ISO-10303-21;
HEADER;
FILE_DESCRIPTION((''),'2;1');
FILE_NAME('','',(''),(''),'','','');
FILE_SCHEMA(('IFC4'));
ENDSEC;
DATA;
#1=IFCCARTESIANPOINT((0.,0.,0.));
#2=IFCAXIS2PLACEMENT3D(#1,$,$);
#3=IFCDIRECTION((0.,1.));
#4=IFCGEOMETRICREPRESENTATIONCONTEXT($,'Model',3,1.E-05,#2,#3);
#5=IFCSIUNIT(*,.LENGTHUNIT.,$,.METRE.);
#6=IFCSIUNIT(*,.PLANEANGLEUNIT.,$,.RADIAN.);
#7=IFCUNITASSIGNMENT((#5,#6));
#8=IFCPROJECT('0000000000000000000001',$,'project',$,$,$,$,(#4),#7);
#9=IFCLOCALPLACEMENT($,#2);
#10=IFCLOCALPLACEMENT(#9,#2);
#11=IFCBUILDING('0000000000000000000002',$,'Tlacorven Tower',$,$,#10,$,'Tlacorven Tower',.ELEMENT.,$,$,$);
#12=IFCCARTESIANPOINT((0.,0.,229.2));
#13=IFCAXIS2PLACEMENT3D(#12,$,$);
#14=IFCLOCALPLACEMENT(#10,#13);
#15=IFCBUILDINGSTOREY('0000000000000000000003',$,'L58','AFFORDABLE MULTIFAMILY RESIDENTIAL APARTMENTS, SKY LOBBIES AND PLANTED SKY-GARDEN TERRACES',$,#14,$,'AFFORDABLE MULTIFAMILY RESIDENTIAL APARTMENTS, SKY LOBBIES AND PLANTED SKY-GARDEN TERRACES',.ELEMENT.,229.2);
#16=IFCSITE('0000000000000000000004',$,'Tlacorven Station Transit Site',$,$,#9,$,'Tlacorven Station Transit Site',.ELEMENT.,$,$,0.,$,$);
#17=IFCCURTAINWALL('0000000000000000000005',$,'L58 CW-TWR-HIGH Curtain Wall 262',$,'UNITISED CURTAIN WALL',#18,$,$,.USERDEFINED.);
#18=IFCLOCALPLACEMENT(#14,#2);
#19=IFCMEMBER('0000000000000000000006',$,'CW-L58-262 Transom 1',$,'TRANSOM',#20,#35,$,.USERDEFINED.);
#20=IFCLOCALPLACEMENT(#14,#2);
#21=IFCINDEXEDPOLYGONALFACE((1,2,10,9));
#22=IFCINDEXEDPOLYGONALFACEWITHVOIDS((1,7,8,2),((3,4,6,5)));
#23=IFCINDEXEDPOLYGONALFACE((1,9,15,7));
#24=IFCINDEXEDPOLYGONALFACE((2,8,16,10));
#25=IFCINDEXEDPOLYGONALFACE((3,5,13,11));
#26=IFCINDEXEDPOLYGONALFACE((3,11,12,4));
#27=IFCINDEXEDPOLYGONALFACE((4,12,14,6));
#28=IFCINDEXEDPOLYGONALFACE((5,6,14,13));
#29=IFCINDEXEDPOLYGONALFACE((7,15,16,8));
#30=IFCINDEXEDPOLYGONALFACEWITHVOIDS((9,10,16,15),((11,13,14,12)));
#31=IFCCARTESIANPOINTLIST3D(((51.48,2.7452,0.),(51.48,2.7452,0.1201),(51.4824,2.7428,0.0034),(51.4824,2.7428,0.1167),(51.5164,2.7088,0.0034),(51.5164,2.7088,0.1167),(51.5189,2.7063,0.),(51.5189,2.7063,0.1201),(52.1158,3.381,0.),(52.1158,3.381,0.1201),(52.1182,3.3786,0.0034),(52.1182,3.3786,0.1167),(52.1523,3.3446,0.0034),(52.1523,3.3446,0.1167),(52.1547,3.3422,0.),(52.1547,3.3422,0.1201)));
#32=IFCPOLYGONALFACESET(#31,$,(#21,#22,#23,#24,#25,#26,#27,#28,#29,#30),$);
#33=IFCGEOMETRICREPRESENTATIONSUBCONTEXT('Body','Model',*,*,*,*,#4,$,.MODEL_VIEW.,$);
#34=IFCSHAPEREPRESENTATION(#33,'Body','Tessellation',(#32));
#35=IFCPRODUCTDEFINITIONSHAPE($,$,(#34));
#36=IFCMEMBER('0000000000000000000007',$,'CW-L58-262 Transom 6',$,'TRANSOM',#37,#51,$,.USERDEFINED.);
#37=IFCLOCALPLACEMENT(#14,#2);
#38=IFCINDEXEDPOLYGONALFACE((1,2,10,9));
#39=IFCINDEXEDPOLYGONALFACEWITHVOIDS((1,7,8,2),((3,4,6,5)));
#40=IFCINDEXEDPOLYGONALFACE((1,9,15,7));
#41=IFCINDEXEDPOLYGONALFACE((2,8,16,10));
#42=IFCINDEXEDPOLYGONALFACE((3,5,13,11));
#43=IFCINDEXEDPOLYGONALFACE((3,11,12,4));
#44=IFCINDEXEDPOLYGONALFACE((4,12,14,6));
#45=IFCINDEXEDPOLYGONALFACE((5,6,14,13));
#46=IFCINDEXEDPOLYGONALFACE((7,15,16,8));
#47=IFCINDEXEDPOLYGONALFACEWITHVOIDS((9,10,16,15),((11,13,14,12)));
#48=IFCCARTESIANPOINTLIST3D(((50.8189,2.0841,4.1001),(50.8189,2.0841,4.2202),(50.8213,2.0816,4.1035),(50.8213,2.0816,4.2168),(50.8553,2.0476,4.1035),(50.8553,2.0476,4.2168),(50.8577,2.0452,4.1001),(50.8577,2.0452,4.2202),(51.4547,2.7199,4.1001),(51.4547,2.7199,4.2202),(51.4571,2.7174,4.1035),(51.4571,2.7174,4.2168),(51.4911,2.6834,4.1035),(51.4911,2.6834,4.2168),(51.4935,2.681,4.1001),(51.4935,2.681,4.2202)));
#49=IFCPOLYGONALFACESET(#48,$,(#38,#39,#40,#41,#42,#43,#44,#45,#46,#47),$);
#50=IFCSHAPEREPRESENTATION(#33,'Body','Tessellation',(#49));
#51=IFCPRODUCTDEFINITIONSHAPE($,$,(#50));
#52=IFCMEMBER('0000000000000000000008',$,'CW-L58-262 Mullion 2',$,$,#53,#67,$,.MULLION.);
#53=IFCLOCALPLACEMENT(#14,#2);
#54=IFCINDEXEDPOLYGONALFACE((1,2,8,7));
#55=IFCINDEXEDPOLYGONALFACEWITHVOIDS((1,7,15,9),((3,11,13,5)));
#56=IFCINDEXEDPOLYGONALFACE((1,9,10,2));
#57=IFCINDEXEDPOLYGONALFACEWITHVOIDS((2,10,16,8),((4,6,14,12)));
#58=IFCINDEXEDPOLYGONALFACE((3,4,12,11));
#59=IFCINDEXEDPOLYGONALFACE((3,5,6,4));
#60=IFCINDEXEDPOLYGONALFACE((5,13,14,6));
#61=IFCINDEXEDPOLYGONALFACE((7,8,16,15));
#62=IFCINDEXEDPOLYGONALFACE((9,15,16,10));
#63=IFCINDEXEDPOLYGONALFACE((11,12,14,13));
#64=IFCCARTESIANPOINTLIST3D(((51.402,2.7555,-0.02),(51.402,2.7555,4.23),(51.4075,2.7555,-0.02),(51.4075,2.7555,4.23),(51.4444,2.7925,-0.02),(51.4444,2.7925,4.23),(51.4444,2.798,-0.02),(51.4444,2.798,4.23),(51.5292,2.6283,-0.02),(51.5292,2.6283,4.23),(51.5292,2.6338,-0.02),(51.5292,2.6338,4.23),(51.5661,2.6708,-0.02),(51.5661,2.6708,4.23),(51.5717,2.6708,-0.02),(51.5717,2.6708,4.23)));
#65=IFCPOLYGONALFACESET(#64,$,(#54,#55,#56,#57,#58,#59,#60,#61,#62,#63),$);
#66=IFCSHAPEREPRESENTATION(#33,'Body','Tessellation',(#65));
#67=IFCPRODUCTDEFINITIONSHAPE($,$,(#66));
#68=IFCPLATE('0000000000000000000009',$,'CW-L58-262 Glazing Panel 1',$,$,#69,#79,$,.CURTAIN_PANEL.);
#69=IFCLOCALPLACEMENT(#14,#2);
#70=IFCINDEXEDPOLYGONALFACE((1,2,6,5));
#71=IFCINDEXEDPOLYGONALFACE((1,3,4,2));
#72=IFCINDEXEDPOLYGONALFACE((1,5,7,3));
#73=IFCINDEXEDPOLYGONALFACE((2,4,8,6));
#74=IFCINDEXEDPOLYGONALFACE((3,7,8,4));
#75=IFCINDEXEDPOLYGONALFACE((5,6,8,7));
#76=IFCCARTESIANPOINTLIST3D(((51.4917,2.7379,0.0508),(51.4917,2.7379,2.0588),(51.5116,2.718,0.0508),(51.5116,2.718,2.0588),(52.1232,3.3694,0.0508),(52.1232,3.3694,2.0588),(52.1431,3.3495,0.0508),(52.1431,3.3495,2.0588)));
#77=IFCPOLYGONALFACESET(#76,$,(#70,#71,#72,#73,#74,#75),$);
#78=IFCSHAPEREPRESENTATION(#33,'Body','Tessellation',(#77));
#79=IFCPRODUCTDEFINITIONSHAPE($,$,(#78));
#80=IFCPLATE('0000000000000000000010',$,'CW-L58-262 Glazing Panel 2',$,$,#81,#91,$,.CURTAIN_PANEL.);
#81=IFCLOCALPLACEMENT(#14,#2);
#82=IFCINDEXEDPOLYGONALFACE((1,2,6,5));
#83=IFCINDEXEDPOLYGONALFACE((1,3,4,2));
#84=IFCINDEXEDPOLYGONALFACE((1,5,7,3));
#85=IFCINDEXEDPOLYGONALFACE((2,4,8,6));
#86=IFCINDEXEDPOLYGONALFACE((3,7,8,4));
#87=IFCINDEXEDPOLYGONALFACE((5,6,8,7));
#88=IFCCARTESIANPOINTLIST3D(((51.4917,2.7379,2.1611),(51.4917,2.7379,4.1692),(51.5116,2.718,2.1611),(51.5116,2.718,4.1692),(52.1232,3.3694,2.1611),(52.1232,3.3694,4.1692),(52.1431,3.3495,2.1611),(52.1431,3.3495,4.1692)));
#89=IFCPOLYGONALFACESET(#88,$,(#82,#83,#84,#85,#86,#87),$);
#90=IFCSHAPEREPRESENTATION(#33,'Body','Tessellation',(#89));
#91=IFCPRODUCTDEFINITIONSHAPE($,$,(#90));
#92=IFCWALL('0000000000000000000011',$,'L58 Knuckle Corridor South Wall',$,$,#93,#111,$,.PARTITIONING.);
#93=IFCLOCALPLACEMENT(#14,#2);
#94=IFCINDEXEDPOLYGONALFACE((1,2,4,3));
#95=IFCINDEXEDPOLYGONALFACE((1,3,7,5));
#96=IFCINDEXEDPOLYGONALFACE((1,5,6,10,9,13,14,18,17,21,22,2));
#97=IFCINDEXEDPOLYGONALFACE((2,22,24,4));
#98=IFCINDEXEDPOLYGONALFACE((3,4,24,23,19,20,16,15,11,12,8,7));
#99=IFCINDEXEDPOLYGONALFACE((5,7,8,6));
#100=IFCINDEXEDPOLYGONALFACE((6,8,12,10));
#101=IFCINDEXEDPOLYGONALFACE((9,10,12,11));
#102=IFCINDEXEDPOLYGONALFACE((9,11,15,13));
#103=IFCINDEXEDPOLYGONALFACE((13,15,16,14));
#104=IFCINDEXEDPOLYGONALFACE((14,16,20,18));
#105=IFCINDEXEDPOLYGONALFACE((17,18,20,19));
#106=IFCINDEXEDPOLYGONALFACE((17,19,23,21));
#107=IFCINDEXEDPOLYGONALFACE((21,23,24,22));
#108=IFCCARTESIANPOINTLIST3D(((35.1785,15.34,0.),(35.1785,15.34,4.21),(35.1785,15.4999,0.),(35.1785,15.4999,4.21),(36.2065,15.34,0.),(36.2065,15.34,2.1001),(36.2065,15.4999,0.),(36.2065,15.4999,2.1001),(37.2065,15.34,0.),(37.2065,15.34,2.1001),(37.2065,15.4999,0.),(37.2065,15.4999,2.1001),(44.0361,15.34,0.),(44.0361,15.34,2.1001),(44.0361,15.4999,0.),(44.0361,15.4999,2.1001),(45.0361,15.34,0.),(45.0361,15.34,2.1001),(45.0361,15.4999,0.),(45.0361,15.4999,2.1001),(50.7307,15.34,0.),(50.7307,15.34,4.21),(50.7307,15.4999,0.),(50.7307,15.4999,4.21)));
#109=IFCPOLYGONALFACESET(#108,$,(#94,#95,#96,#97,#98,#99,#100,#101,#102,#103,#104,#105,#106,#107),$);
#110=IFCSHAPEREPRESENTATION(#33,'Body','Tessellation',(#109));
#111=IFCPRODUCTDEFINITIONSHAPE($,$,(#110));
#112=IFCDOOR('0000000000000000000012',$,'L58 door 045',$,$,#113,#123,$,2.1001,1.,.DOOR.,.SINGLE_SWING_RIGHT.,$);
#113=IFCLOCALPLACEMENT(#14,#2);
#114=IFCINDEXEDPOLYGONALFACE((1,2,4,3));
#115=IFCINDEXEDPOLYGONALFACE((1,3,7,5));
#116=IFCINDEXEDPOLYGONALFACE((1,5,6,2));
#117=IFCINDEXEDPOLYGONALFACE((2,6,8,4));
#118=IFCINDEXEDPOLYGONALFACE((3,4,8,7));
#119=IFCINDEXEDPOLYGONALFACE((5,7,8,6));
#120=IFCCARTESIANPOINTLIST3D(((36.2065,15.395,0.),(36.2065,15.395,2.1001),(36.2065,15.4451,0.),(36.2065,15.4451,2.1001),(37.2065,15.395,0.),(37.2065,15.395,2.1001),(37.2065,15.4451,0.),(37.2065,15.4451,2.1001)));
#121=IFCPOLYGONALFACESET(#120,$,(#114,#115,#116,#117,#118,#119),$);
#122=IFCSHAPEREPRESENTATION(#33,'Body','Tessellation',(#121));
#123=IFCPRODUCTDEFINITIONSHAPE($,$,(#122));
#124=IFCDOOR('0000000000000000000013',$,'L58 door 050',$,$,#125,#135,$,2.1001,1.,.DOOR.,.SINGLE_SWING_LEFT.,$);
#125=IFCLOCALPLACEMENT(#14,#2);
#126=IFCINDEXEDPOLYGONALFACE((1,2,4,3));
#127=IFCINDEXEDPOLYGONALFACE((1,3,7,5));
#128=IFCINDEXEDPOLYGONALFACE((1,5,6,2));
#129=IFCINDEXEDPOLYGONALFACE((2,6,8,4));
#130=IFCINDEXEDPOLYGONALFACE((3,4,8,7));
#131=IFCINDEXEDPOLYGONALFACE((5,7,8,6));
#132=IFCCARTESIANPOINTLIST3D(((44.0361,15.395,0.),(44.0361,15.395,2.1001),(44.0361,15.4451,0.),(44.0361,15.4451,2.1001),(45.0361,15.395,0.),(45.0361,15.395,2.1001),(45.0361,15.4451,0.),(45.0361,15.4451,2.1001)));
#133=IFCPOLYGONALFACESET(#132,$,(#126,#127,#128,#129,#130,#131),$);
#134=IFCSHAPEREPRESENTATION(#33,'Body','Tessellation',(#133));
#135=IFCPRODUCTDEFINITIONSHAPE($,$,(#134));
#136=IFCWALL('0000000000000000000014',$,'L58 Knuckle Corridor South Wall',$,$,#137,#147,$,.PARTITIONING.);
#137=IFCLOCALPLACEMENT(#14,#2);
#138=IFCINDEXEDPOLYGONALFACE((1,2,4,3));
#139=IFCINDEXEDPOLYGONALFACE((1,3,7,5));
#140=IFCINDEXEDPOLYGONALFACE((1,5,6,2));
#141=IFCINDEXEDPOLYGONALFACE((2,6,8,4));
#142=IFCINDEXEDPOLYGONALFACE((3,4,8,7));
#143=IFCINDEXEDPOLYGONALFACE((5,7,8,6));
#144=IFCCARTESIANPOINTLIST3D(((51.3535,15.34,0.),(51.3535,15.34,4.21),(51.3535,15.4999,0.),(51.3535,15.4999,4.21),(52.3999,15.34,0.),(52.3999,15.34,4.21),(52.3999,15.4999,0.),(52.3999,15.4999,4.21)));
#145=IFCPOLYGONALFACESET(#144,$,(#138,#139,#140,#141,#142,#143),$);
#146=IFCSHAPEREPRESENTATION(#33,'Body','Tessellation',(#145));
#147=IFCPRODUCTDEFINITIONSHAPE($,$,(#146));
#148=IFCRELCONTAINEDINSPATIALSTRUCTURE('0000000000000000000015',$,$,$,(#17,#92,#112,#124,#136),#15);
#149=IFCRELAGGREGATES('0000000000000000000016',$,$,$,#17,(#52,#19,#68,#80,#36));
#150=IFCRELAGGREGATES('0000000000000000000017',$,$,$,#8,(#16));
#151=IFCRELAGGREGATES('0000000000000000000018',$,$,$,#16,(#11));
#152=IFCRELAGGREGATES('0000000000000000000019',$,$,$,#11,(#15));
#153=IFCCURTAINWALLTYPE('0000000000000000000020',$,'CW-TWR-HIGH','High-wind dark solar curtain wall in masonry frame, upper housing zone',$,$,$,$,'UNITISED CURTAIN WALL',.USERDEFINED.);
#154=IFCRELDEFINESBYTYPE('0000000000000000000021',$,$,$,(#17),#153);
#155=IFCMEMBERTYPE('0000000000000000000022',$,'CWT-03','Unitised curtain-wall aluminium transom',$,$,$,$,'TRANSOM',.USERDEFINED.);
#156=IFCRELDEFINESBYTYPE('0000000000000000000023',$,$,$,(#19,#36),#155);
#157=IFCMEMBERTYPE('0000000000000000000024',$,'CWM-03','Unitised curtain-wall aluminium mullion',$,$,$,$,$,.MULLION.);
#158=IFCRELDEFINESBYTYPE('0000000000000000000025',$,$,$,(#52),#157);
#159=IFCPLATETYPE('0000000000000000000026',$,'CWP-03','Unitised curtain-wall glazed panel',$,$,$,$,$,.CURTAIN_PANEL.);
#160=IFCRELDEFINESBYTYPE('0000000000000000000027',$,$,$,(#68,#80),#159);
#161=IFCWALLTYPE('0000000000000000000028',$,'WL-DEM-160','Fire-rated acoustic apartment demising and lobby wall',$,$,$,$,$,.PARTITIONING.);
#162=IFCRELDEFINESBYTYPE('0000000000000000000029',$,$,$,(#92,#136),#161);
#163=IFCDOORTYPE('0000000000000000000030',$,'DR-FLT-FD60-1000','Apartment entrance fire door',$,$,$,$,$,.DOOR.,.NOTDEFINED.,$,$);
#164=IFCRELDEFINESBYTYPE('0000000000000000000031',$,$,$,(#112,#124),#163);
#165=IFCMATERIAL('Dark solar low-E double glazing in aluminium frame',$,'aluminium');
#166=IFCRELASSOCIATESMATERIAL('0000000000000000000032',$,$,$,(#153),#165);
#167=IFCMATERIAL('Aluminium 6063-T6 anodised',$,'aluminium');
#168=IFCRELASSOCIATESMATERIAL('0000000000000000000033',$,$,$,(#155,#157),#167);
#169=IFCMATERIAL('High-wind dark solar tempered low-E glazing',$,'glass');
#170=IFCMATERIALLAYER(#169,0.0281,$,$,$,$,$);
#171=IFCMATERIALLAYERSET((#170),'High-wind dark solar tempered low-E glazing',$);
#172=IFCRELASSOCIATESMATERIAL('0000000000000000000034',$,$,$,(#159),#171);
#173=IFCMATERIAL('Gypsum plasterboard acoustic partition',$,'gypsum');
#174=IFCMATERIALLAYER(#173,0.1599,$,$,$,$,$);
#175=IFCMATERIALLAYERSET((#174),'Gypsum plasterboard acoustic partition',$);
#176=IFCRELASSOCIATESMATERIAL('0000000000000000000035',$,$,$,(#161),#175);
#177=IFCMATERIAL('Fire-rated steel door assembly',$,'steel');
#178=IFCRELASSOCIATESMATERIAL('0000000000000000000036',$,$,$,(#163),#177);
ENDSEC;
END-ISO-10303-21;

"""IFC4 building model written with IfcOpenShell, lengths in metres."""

from ifc_helpers import new_model, si_unit, direction, frame, frame_2d, origin, origin_2d, place, context, subcontext, project, spatial, rectangle, hollow_rectangle, extrude, source, transform, mapped, material, layer, layer_set, material_profile, profile_set, type_object, element, fill, aggregate, save


model = new_model("IFC4")

# Units and contexts
model_context = context("Model", 3, precision=1e-05, world=origin(), true_north=direction((0.0, 1.0)))
body_context = subcontext(model_context, "Body", "Model", "MODEL_VIEW")
ifc_project = project(units=[si_unit("LENGTHUNIT", "METRE"), si_unit("PLANEANGLEUNIT", "RADIAN")], contexts=[model_context])

# Site, building, storey
site_placement = place(None, origin())
site = spatial("IfcSite", under=ifc_project, at=site_placement, Name="Tlacorven Station Transit Site", LongName="Tlacorven Station Transit Site", CompositionType="ELEMENT", RefElevation=0.0)
building_placement = place(site_placement, origin())
building = spatial("IfcBuilding", under=site, at=building_placement, Name="Tlacorven Tower", LongName="Tlacorven Tower", CompositionType="ELEMENT")
storey_placement = place(building_placement, frame((0.0, 0.0, 229.2)))
storey = spatial("IfcBuildingStorey", under=building, at=storey_placement, Name="L58", Description="AFFORDABLE MULTIFAMILY RESIDENTIAL APARTMENTS, SKY LOBBIES AND PLANTED SKY-GARDEN TERRACES", LongName="AFFORDABLE MULTIFAMILY RESIDENTIAL APARTMENTS, SKY LOBBIES AND PLANTED SKY-GARDEN TERRACES", CompositionType="ELEMENT", Elevation=229.2)

# Curtain wall, members, plates
ifc_material_1 = material(Name="Dark solar low-E double glazing in aluminium frame", Category="aluminium")
curtain_wall_type = type_object("IfcCurtainWallType", Name="CW-TWR-HIGH", Description="High-wind dark solar curtain wall in masonry frame, upper housing zone", ElementType="UNITISED CURTAIN WALL", PredefinedType="USERDEFINED", material=ifc_material_1)
curtain_wall_placement = place(storey_placement, origin())
curtain_wall = element("IfcCurtainWall", 1, at=curtain_wall_placement, inside=storey, type_object=curtain_wall_type, Name="L58 CW-TWR-HIGH Curtain Wall 262", ObjectType="UNITISED CURTAIN WALL", PredefinedType="USERDEFINED")
ifc_material_2 = material(Name="Aluminium 6063-T6 anodised", Category="aluminium")
ifc_material_profile_1 = material_profile(ifc_material_2, hollow_rectangle(XDim=0.0549, YDim=0.1201, WallThickness=0.0034, at=origin_2d()), Name="ALU TRANSOM 55X120")
ifc_profile_set_1 = profile_set([ifc_material_profile_1], Name="Aluminium 6063-T6 anodised")
member_type_1 = type_object("IfcMemberType", Name="CWT-03", Description="Unitised curtain-wall aluminium transom", ElementType="TRANSOM", PredefinedType="USERDEFINED", material=ifc_profile_set_1)
shared_shape_1 = source(origin(), body_context, "Body", "SweptSolid", [
    extrude(hollow_rectangle(XDim=0.0549, YDim=0.1201, WallThickness=0.0034, at=origin_2d()), origin(), (0.0, 0.0, 1.0), 0.8992),
])
member_1_placement = place(storey_placement, frame((52.1353, 3.3616, 0.0601), z_axis=(-0.707107, -0.707107, 0.0), x_axis=(0.707107, -0.707107, 0.0)))
member_1 = element("IfcMember", 2, at=member_1_placement, type_object=member_type_1, Name="CW-L58-262 Transom 1", ObjectType="TRANSOM", PredefinedType="USERDEFINED", context=body_context, shape_type="MappedRepresentation", body=[
    mapped(shared_shape_1, transform((0.0, 0.0, 0.0), scale=1.0)),
])
member_2_placement = place(storey_placement, frame((51.4741, 2.7004, 4.1602), z_axis=(-0.707107, -0.707107, 0.0), x_axis=(0.707107, -0.707107, 0.0)))
member_2 = element("IfcMember", 3, at=member_2_placement, type_object=member_type_1, Name="CW-L58-262 Transom 6", ObjectType="TRANSOM", PredefinedType="USERDEFINED", context=body_context, shape_type="MappedRepresentation", body=[
    mapped(shared_shape_1, transform((0.0, 0.0, 0.0), scale=1.0)),
])
ifc_material_profile_2 = material_profile(ifc_material_2, hollow_rectangle(XDim=0.0601, YDim=0.1799, WallThickness=0.0039, at=origin_2d()), Name="ALU MULLION 60X180")
ifc_profile_set_2 = profile_set([ifc_material_profile_2], Name="Aluminium 6063-T6 anodised")
member_type_2 = type_object("IfcMemberType", Name="CWM-03", Description="Unitised curtain-wall aluminium mullion", PredefinedType="MULLION", material=ifc_profile_set_2)
shared_shape_2 = source(origin(), body_context, "Body", "SweptSolid", [
    extrude(hollow_rectangle(XDim=0.0601, YDim=0.1799, WallThickness=0.0039, at=origin_2d()), origin(), (0.0, 0.0, 1.0), 4.25),
])
member_3_placement = place(storey_placement, frame((51.4868, 2.7131, -0.02), z_axis=(0.0, 0.0, 1.0), x_axis=(-0.707107, -0.707107, 0.0)))
member_3 = element("IfcMember", 4, at=member_3_placement, type_object=member_type_2, Name="CW-L58-262 Mullion 2", PredefinedType="MULLION", context=body_context, shape_type="MappedRepresentation", body=[
    mapped(shared_shape_2, transform((0.0, 0.0, 0.0), scale=1.0)),
])
ifc_material_3 = material(Name="High-wind dark solar tempered low-E glazing", Category="glass")
ifc_layer_1 = layer(ifc_material_3, 0.0281)
ifc_layer_set_1 = layer_set([ifc_layer_1], Name="High-wind dark solar tempered low-E glazing")
plate_type = type_object("IfcPlateType", Name="CWP-03", Description="Unitised curtain-wall glazed panel", PredefinedType="CURTAIN_PANEL", material=ifc_layer_set_1)
shared_shape_3 = source(origin(), body_context, "Body", "SweptSolid", [
    extrude(rectangle(XDim=0.8931, YDim=0.0281, at=origin_2d()), origin(), (0.0, 0.0, 1.0), 2.0081),
])
plate_1_placement = place(storey_placement, frame((51.8174, 3.0437, 0.0508), z_axis=(0.0, 0.0, 1.0), x_axis=(-0.707107, -0.707107, 0.0)))
plate_1 = element("IfcPlate", 5, at=plate_1_placement, type_object=plate_type, Name="CW-L58-262 Glazing Panel 1", PredefinedType="CURTAIN_PANEL", context=body_context, shape_type="MappedRepresentation", body=[
    mapped(shared_shape_3, transform((0.0, 0.0, 0.0), scale=1.0)),
])
plate_2_placement = place(storey_placement, frame((51.8174, 3.0437, 2.1611), z_axis=(0.0, 0.0, 1.0), x_axis=(-0.707107, -0.707107, 0.0)))
plate_2 = element("IfcPlate", 6, at=plate_2_placement, type_object=plate_type, Name="CW-L58-262 Glazing Panel 2", PredefinedType="CURTAIN_PANEL", context=body_context, shape_type="MappedRepresentation", body=[
    mapped(shared_shape_3, transform((0.0, 0.0, 0.0), scale=1.0)),
])
aggregate(curtain_wall, [member_3, member_1, plate_1, plate_2, member_2])

# Wall, openings, doors
ifc_material_4 = material(Name="Gypsum plasterboard acoustic partition", Category="gypsum")
ifc_layer_2 = layer(ifc_material_4, 0.1599)
ifc_layer_set_2 = layer_set([ifc_layer_2], Name="Gypsum plasterboard acoustic partition")
wall_type_1 = type_object("IfcWallType", Name="WL-DEM-160", Description="Fire-rated acoustic apartment demising and lobby wall", PredefinedType="PARTITIONING", material=ifc_layer_set_2)
wall_1_placement = place(storey_placement, frame((35.1785, 15.4199, 0.0), z_axis=(0.0, 0.0, 1.0), x_axis=(1.0, 0.0, 0.0)))
wall_1 = element("IfcWall", 7, at=wall_1_placement, inside=storey, type_object=wall_type_1, Name="L58 Knuckle Corridor South Wall", PredefinedType="PARTITIONING", context=body_context, shape_type="SweptSolid", body=[
    extrude(rectangle(XDim=15.5522, YDim=0.1599, at=frame_2d((7.7761, 0.0))), origin(), (0.0, 0.0, 1.0), 4.21),
])
opening_1_placement = place(wall_1_placement, frame((1.0281, 0.0, 0.0)))
opening_1 = element("IfcOpeningElement", 8, at=opening_1_placement, cuts=wall_1, PredefinedType="OPENING", context=body_context, shape_type="SweptSolid", body=[
    extrude(rectangle(XDim=1.0, YDim=2.1001, at=frame_2d((0.5, 1.05))), frame((0.0, 0.0898, 0.0), z_axis=(0.0, -1.0, 0.0), x_axis=(1.0, 0.0, 0.0)), (0.0, 0.0, 1.0), 0.1799),
])
opening_2_placement = place(wall_1_placement, frame((8.8577, 0.0, 0.0)))
opening_2 = element("IfcOpeningElement", 9, at=opening_2_placement, cuts=wall_1, PredefinedType="OPENING", context=body_context, shape_type="SweptSolid", body=[
    extrude(rectangle(XDim=1.0, YDim=2.1001, at=frame_2d((0.5, 1.05))), frame((0.0, 0.0898, 0.0), z_axis=(0.0, -1.0, 0.0), x_axis=(1.0, 0.0, 0.0)), (0.0, 0.0, 1.0), 0.1799),
])
ifc_material_5 = material(Name="Fire-rated steel door assembly", Category="steel")
door_type_1 = type_object("IfcDoorType", Name="DR-FLT-FD60-1000", Description="Apartment entrance fire door", OperationType="NOTDEFINED", PredefinedType="DOOR", material=ifc_material_5)
shared_shape_4 = source(origin(), body_context, "Body", "SweptSolid", [
    extrude(rectangle(XDim=1.0, YDim=2.1001, at=frame_2d((0.5, 1.05))), frame((0.0, 0.0249, 0.0), z_axis=(0.0, -1.0, 0.0), x_axis=(1.0, 0.0, 0.0)), (0.0, 0.0, 1.0), 0.05),
])
door_1_placement = place(opening_1_placement, frame((1.0, 0.0, 0.0), z_axis=(0.0, 0.0, 1.0), x_axis=(-1.0, 0.0, 0.0)))
door_1 = element("IfcDoor", 10, at=door_1_placement, inside=storey, type_object=door_type_1, Name="L58 door 045", OperationType="SINGLE_SWING_RIGHT", OverallHeight=2.1001, OverallWidth=1.0, PredefinedType="DOOR", context=body_context, shape_type="MappedRepresentation", body=[
    mapped(shared_shape_4, transform((0.0, 0.0, 0.0), scale=1.0)),
])
fill(opening_1, door_1)
door_2_placement = place(opening_2_placement, frame((1.0, 0.0, 0.0), z_axis=(0.0, 0.0, 1.0), x_axis=(-1.0, 0.0, 0.0)))
door_2 = element("IfcDoor", 11, at=door_2_placement, inside=storey, type_object=door_type_1, Name="L58 door 050", OperationType="SINGLE_SWING_LEFT", OverallHeight=2.1001, OverallWidth=1.0, PredefinedType="DOOR", context=body_context, shape_type="MappedRepresentation", body=[
    mapped(shared_shape_4, transform((0.0, 0.0, 0.0), scale=1.0)),
])
fill(opening_2, door_2)

# Wall
wall_2_placement = place(storey_placement, frame((51.3535, 15.4199, 0.0), z_axis=(0.0, 0.0, 1.0), x_axis=(1.0, 0.0, 0.0)))
element("IfcWall", 12, at=wall_2_placement, inside=storey, type_object=wall_type_1, Name="L58 Knuckle Corridor South Wall", PredefinedType="PARTITIONING", context=body_context, shape_type="SweptSolid", body=[
    extrude(rectangle(XDim=1.0464, YDim=0.1599, at=frame_2d((0.5232, 0.0))), origin(), (0.0, 0.0, 1.0), 4.21),
])

save(model, "model.ifc")
